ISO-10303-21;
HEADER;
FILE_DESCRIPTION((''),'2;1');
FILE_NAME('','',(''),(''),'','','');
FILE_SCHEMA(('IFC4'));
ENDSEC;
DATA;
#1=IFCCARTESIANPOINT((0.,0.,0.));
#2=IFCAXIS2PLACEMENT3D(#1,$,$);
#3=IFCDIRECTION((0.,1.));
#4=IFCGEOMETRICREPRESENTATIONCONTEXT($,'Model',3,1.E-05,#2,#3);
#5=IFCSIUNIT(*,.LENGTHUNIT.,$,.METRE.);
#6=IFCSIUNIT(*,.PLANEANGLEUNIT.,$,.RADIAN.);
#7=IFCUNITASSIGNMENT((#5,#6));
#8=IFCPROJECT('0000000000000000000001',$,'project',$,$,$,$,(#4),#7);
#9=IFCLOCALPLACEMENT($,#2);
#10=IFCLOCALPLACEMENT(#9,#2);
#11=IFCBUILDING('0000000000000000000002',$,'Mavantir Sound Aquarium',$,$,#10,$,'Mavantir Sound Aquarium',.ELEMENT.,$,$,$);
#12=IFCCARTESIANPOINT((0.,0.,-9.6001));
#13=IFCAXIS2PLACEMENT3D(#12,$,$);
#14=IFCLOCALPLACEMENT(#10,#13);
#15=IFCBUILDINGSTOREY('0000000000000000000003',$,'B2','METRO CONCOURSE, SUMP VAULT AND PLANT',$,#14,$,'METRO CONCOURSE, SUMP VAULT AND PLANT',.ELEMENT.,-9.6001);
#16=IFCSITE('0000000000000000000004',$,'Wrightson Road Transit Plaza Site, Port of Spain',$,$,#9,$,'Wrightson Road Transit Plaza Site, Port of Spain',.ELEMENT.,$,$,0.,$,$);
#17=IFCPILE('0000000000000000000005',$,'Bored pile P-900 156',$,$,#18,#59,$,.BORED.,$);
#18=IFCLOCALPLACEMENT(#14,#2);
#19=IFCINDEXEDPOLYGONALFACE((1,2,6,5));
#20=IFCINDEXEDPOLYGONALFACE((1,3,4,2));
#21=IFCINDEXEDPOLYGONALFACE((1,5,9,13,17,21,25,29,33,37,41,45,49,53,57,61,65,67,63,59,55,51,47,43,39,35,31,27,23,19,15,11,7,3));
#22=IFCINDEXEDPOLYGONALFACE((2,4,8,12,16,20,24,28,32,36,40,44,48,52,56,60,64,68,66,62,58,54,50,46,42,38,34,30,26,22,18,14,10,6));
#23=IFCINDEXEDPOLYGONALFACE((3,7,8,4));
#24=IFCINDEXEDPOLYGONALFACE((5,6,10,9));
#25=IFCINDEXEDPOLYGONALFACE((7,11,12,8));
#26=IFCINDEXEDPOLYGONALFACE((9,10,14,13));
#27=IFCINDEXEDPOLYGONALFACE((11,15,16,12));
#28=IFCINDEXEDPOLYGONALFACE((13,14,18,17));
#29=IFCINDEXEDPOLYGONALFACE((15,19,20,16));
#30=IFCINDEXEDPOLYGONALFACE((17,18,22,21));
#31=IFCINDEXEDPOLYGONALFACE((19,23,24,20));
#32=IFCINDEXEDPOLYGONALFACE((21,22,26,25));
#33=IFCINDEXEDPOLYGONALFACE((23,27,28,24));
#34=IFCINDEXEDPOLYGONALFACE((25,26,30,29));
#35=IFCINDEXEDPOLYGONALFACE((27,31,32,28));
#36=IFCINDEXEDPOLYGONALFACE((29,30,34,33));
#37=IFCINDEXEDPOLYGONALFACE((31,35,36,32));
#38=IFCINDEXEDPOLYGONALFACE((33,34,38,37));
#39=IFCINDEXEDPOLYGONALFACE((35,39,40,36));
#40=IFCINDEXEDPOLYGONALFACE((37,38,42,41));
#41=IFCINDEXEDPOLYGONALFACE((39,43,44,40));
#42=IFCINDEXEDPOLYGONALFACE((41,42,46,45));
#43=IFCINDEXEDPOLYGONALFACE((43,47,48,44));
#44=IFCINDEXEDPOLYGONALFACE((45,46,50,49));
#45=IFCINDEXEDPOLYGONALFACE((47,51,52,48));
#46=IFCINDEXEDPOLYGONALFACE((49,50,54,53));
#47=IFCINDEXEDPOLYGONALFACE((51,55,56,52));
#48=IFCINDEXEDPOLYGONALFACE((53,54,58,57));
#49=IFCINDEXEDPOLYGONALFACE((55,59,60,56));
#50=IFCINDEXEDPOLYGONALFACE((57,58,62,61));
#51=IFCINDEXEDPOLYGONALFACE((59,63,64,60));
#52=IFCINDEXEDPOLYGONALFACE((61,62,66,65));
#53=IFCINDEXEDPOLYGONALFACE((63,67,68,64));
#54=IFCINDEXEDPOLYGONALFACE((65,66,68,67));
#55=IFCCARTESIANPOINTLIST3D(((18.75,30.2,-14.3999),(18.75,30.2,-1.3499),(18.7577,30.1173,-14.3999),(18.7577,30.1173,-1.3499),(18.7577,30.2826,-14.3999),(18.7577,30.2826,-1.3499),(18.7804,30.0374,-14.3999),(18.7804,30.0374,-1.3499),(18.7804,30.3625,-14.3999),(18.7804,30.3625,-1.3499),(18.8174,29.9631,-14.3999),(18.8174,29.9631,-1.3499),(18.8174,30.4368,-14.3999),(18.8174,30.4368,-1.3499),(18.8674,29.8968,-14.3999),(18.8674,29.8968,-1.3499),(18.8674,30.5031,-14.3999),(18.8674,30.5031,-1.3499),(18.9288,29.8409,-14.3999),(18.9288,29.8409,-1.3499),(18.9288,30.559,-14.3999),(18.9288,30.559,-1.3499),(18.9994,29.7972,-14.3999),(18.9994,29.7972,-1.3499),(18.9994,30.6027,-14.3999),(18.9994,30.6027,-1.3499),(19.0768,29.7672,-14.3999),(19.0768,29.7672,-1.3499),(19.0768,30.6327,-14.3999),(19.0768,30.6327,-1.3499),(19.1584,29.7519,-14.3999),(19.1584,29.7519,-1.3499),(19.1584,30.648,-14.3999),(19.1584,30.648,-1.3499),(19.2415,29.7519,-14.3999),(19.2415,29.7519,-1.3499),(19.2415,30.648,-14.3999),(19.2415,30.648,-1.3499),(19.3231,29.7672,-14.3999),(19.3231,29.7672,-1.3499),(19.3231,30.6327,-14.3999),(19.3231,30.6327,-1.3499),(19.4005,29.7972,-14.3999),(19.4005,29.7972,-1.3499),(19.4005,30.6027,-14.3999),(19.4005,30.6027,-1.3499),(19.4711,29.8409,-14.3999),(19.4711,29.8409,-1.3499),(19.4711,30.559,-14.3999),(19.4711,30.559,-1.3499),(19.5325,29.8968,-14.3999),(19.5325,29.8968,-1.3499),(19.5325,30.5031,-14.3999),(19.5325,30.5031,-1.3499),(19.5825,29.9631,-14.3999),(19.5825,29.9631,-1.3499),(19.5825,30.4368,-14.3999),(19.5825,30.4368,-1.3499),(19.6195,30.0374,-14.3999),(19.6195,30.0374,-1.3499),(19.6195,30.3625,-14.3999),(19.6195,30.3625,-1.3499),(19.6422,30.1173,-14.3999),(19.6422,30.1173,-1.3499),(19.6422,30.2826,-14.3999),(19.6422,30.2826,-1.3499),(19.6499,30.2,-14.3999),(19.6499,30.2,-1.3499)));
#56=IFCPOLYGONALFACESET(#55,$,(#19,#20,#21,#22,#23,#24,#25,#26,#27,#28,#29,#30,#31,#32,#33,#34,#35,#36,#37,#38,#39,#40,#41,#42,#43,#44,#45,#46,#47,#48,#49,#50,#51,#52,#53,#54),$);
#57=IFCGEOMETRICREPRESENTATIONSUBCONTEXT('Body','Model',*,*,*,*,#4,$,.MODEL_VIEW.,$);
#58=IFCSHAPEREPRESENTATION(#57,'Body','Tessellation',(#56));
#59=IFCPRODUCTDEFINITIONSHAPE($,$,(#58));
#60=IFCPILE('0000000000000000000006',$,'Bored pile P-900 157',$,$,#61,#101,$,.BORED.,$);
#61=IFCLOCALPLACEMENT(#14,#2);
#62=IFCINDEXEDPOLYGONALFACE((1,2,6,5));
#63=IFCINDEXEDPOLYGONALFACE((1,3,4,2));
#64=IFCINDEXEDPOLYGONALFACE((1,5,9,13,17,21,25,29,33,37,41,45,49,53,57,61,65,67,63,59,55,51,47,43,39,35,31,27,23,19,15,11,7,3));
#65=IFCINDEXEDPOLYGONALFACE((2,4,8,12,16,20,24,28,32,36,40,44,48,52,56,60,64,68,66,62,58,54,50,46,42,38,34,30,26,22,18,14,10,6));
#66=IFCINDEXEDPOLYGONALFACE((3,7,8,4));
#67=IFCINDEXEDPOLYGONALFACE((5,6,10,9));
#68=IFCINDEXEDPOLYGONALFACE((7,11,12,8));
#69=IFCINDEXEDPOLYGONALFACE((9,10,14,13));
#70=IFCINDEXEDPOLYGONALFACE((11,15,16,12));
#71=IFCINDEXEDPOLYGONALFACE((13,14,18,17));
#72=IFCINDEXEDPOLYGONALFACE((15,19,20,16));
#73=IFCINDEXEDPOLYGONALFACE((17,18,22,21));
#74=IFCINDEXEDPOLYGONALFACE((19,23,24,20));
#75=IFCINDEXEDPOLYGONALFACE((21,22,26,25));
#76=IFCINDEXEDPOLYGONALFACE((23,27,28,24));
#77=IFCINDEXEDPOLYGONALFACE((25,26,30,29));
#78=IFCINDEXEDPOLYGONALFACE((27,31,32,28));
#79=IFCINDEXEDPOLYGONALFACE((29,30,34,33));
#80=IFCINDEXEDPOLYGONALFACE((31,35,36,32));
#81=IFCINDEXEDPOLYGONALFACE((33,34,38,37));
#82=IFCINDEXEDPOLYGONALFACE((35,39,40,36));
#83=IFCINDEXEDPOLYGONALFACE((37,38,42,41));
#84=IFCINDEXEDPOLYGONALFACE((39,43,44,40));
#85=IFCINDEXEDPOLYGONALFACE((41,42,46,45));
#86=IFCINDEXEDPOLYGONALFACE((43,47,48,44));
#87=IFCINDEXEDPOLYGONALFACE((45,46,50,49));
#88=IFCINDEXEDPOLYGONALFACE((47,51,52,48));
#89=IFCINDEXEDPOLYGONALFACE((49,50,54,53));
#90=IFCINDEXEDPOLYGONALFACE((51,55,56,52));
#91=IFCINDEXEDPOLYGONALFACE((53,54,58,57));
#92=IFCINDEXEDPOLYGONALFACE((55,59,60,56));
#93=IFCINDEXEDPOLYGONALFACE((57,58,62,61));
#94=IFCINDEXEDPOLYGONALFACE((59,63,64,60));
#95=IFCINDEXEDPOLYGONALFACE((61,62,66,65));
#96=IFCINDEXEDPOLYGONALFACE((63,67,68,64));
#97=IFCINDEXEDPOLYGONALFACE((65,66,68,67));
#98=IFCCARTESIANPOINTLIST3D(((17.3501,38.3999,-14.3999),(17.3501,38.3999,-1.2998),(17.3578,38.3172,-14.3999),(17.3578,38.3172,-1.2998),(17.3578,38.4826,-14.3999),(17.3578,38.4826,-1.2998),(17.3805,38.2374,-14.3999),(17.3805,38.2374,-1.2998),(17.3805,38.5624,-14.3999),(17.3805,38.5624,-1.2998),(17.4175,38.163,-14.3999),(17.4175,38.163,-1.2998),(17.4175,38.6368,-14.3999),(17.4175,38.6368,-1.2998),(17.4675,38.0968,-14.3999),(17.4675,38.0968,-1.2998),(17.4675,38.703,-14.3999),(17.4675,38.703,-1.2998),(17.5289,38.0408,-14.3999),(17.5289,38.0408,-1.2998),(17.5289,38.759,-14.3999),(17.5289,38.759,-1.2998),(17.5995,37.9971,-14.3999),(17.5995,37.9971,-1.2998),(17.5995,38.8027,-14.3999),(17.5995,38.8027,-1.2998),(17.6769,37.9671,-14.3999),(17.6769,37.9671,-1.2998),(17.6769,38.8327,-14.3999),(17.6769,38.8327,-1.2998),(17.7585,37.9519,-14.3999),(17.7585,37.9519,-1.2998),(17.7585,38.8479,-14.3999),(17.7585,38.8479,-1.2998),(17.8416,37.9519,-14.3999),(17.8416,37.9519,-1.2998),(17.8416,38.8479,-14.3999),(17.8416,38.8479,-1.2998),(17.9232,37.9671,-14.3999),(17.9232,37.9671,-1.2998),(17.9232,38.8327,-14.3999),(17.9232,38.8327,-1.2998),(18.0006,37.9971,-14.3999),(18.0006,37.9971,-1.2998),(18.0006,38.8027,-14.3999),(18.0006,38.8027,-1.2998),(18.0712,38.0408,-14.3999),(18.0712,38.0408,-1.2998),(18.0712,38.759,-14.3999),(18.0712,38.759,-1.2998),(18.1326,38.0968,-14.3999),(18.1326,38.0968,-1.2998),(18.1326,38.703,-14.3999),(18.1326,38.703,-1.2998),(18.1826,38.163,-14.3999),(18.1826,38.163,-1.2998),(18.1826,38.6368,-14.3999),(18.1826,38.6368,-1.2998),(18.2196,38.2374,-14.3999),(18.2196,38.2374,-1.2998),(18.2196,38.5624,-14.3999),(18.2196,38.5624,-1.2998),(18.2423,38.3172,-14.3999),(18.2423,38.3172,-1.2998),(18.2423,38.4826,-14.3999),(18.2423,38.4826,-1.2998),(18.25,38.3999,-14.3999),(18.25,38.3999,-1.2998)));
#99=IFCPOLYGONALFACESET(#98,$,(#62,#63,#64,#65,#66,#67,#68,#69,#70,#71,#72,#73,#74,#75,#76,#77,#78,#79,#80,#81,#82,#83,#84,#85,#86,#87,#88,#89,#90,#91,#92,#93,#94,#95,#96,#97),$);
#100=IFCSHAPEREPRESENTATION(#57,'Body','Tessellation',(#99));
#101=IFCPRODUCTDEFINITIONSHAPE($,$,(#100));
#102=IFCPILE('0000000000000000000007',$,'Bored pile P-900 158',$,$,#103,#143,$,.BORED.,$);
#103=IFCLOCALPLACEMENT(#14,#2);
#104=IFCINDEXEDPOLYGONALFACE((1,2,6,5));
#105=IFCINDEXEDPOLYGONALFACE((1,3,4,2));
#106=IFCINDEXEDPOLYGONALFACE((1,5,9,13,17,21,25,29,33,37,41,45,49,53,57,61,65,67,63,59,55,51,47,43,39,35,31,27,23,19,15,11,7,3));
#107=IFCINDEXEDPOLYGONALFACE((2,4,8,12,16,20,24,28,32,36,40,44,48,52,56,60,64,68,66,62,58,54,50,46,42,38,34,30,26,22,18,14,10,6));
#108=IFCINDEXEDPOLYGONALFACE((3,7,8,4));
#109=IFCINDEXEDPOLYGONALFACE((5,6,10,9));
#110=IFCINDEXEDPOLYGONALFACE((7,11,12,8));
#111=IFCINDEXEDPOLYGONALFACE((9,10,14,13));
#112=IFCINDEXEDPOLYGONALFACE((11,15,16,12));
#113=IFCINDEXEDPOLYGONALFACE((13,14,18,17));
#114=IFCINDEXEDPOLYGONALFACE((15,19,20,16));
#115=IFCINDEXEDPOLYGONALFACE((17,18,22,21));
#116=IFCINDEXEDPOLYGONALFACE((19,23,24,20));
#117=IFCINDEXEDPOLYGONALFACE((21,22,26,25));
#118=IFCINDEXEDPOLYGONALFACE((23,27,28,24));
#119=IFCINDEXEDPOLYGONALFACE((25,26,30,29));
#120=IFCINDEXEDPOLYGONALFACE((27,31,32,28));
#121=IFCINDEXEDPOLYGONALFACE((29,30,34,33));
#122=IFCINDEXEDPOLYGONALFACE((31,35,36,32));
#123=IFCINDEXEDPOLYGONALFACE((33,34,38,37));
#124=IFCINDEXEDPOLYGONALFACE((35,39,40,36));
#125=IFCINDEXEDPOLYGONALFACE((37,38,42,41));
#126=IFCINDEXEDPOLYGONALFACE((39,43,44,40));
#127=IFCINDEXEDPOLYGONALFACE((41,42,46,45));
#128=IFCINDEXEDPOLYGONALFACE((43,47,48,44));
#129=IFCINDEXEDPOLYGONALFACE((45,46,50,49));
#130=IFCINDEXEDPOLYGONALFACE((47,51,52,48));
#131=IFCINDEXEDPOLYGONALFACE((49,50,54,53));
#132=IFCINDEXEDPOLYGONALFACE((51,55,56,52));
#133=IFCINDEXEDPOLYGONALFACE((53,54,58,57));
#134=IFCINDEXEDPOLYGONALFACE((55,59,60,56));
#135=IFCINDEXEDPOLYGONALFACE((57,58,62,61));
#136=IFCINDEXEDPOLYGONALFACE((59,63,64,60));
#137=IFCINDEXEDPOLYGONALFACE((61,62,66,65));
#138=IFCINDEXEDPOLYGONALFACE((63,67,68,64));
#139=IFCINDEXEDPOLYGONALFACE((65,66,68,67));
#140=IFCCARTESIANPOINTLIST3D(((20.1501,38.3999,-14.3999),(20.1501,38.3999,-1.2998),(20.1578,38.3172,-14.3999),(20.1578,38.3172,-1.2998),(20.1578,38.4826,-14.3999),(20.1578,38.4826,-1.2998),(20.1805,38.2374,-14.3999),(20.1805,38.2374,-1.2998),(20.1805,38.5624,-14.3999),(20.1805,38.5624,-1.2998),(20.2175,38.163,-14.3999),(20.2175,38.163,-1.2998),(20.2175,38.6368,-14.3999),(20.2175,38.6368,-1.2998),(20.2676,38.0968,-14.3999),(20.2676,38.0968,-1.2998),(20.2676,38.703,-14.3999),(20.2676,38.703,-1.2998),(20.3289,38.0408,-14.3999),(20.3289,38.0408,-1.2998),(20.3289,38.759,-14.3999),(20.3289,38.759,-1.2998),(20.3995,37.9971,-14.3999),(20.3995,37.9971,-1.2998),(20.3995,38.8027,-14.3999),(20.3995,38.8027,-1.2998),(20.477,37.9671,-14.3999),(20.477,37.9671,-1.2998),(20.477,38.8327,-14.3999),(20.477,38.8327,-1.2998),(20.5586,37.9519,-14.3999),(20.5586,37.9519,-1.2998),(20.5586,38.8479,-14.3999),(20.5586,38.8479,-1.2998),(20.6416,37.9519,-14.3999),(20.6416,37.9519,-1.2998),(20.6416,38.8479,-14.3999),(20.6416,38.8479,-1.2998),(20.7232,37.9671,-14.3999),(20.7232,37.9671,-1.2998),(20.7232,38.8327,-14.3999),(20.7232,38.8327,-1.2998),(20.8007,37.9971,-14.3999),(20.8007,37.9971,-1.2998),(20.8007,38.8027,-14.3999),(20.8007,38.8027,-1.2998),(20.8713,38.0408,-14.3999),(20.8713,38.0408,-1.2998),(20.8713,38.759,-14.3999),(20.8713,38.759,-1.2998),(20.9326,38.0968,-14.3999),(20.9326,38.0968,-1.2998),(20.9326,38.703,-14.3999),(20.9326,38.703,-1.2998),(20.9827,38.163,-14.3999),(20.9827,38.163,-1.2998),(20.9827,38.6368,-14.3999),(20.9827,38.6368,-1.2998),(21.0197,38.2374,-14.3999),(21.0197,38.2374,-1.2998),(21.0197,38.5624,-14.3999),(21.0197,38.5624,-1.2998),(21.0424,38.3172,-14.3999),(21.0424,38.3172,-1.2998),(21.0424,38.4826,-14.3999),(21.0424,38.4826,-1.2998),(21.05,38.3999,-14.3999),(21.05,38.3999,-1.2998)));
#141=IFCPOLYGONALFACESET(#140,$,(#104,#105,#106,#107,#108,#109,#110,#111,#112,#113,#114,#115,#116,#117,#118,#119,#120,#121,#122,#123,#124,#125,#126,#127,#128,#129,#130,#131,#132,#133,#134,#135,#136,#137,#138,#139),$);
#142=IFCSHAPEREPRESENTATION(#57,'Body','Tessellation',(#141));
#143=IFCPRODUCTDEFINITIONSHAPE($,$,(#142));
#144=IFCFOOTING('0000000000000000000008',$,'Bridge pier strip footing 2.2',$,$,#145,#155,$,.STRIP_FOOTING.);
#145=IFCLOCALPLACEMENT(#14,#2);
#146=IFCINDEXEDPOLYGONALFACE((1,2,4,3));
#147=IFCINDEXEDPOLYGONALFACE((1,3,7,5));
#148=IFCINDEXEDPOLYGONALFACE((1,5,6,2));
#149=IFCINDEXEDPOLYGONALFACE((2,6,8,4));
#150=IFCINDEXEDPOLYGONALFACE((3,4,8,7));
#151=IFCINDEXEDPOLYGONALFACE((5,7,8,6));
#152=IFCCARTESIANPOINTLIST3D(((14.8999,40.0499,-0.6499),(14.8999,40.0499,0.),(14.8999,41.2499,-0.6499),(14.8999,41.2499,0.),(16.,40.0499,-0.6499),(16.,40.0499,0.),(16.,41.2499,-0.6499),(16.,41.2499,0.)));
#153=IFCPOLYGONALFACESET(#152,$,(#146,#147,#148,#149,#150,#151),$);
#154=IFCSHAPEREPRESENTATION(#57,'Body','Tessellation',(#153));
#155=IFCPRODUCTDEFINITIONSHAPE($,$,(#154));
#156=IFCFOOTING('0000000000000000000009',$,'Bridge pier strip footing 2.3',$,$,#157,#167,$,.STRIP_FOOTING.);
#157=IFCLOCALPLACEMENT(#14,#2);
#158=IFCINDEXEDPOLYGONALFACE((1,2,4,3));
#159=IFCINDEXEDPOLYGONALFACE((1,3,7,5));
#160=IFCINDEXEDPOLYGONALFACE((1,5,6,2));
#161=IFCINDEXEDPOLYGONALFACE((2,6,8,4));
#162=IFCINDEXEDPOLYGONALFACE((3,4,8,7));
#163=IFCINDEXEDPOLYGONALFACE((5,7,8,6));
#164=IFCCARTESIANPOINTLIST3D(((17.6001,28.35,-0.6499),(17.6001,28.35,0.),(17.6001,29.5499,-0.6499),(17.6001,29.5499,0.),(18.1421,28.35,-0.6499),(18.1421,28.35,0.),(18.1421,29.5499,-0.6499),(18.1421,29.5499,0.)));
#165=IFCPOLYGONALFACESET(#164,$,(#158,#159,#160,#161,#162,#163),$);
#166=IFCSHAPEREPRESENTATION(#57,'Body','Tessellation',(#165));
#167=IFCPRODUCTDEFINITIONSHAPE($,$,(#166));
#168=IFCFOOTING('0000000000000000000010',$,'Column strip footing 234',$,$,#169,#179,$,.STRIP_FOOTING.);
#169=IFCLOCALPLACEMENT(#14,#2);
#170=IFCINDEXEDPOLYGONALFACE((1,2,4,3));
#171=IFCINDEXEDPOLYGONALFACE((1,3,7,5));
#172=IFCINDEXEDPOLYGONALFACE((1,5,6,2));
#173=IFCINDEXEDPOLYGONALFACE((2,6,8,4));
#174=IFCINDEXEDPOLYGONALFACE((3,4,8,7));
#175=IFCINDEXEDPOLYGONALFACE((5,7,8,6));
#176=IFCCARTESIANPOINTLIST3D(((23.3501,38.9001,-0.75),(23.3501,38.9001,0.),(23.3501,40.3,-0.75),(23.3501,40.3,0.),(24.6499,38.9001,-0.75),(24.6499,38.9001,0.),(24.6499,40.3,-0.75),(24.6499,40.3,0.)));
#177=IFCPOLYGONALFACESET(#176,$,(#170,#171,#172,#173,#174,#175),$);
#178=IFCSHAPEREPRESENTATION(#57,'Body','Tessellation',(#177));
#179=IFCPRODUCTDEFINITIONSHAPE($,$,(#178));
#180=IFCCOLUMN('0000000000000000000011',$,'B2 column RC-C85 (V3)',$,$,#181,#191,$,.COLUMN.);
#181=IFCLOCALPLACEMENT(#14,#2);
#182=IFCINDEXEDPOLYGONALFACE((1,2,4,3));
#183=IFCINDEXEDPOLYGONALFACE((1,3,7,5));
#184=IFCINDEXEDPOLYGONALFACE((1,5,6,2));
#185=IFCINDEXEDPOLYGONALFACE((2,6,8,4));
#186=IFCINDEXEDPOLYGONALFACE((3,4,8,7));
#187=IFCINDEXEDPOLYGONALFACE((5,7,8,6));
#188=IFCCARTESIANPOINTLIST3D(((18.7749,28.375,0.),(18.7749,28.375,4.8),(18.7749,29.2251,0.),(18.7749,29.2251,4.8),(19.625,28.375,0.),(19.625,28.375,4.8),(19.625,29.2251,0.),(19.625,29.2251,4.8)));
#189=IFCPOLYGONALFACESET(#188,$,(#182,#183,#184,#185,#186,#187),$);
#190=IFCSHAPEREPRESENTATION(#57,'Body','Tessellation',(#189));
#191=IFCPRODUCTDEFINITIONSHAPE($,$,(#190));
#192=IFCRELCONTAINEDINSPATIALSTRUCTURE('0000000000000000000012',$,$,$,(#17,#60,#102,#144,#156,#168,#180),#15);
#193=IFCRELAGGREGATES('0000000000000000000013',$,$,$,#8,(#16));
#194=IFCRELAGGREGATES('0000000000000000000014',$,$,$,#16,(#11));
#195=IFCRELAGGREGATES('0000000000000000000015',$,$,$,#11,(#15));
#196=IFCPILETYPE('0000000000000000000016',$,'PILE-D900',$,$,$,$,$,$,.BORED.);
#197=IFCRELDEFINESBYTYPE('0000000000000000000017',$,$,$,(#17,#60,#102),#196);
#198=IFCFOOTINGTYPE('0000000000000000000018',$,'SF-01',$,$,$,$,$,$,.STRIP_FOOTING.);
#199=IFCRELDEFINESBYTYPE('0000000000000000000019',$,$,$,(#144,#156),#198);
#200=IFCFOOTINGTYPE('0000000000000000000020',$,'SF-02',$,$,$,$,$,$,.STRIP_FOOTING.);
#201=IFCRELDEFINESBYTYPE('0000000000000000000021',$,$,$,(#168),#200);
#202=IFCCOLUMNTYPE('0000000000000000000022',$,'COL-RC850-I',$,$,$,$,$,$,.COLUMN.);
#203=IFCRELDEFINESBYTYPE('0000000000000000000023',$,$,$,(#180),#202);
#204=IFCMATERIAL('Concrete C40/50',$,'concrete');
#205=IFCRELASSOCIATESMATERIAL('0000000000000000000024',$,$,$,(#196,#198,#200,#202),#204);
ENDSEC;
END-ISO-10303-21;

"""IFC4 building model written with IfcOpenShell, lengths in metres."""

from ifc_helpers import new_model, si_unit, direction, frame, origin, origin_2d, place, context, subcontext, project, spatial, rectangle, circle, extrude, material, material_profile, profile_set, type_object, element, save


model = new_model("IFC4")

# Units and contexts
model_context = context("Model", 3, precision=1e-05, world=origin(), true_north=direction((0.0, 1.0)))
body_context = subcontext(model_context, "Body", "Model", "MODEL_VIEW")
ifc_project = project(units=[si_unit("LENGTHUNIT", "METRE"), si_unit("PLANEANGLEUNIT", "RADIAN")], contexts=[model_context])

# Site, building, storey
site_placement = place(None, origin())
site = spatial("IfcSite", under=ifc_project, at=site_placement, Name="Wrightson Road Transit Plaza Site, Port of Spain", LongName="Wrightson Road Transit Plaza Site, Port of Spain", CompositionType="ELEMENT", RefElevation=0.0)
building_placement = place(site_placement, origin())
building = spatial("IfcBuilding", under=site, at=building_placement, Name="Mavantir Sound Aquarium", LongName="Mavantir Sound Aquarium", CompositionType="ELEMENT")
storey_placement = place(building_placement, frame((0.0, 0.0, -9.6001)))
storey = spatial("IfcBuildingStorey", under=building, at=storey_placement, Name="B2", Description="METRO CONCOURSE, SUMP VAULT AND PLANT", LongName="METRO CONCOURSE, SUMP VAULT AND PLANT", CompositionType="ELEMENT", Elevation=-9.6001)

# Shared definitions
ifc_material_1 = material(Name="Concrete C40/50", Category="concrete")

# Piles
ifc_material_profile_1 = material_profile(ifc_material_1, circle(Radius=0.45, at=origin_2d()), Name="PILE D900")
ifc_profile_set_1 = profile_set([ifc_material_profile_1], Name="Concrete C40/50")
pile_type = type_object("IfcPileType", Name="PILE-D900", PredefinedType="BORED", material=ifc_profile_set_1)
for number, where, z_axis, x_axis, name in (
    (1, (19.2, 30.2, -1.3499), (0.0, 0.0, -1.0), (1.0, 0.0, 0.0), "Bored pile P-900 156"),
):
    element("IfcPile", number, at=place(storey_placement, frame(where, z_axis=z_axis, x_axis=x_axis)), inside=storey, type_object=pile_type, Name=name, PredefinedType="BORED", context=body_context, shape_type="SweptSolid", body=[
        extrude(circle(Radius=0.45, at=origin_2d()), origin(), (0.0, 0.0, 1.0), 13.05),
    ])
for number, where, z_axis, x_axis, name in (
    (2, (17.8, 38.3999, -1.2998), (0.0, 0.0, -1.0), (1.0, 0.0, 0.0), "Bored pile P-900 157"),
    (3, (20.6001, 38.3999, -1.2998), (0.0, 0.0, -1.0), (1.0, 0.0, 0.0), "Bored pile P-900 158"),
):
    element("IfcPile", number, at=place(storey_placement, frame(where, z_axis=z_axis, x_axis=x_axis)), inside=storey, type_object=pile_type, Name=name, PredefinedType="BORED", context=body_context, shape_type="SweptSolid", body=[
        extrude(circle(Radius=0.45, at=origin_2d()), origin(), (0.0, 0.0, 1.0), 13.1001),
    ])

# Footings
ifc_material_profile_2 = material_profile(ifc_material_1, rectangle(XDim=1.2, YDim=0.6499, at=origin_2d()), Name="RC 1200X650")
ifc_profile_set_2 = profile_set([ifc_material_profile_2], Name="Concrete C40/50")
footing_type_1 = type_object("IfcFootingType", Name="SF-01", PredefinedType="STRIP_FOOTING", material=ifc_profile_set_2)
footing_1_placement = place(storey_placement, frame((14.8999, 40.6499, -0.325), z_axis=(1.0, 0.0, 0.0), x_axis=(0.0, 1.0, 0.0)))
element("IfcFooting", 4, at=footing_1_placement, inside=storey, type_object=footing_type_1, Name="Bridge pier strip footing 2.2", PredefinedType="STRIP_FOOTING", context=body_context, shape_type="SweptSolid", body=[
    extrude(rectangle(XDim=1.2, YDim=0.6499, at=origin_2d()), origin(), (0.0, 0.0, 1.0), 1.1001),
])
footing_2_placement = place(storey_placement, frame((17.6001, 28.95, -0.325), z_axis=(1.0, 0.0, 0.0), x_axis=(0.0, 1.0, 0.0)))
element("IfcFooting", 5, at=footing_2_placement, inside=storey, type_object=footing_type_1, Name="Bridge pier strip footing 2.3", PredefinedType="STRIP_FOOTING", context=body_context, shape_type="SweptSolid", body=[
    extrude(rectangle(XDim=1.2, YDim=0.6499, at=origin_2d()), origin(), (0.0, 0.0, 1.0), 0.542),
])
ifc_material_profile_3 = material_profile(ifc_material_1, rectangle(XDim=1.3999, YDim=0.75, at=origin_2d()), Name="RC 1400X750")
ifc_profile_set_3 = profile_set([ifc_material_profile_3], Name="Concrete C40/50")
footing_type_2 = type_object("IfcFootingType", Name="SF-02", PredefinedType="STRIP_FOOTING", material=ifc_profile_set_3)
footing_3_placement = place(storey_placement, frame((23.3501, 39.6001, -0.375), z_axis=(1.0, 0.0, 0.0), x_axis=(0.0, 1.0, 0.0)))
element("IfcFooting", 6, at=footing_3_placement, inside=storey, type_object=footing_type_2, Name="Column strip footing 234", PredefinedType="STRIP_FOOTING", context=body_context, shape_type="SweptSolid", body=[
    extrude(rectangle(XDim=1.3999, YDim=0.75, at=origin_2d()), origin(), (0.0, 0.0, 1.0), 1.2998),
])

# Column
ifc_material_profile_4 = material_profile(ifc_material_1, rectangle(XDim=0.8501, YDim=0.8501, at=origin_2d()), Name="RC 850X850")
ifc_profile_set_4 = profile_set([ifc_material_profile_4], Name="Concrete C40/50")
column_type_1 = type_object("IfcColumnType", Name="COL-RC850-I", PredefinedType="COLUMN", material=ifc_profile_set_4)
for number, where, z_axis, x_axis, name in (
    (7, (19.2, 28.8, 0.0), (0.0, 0.0, 1.0), (1.0, 0.0, 0.0), "B2 column RC-C85 (V3)"),
):
    element("IfcColumn", number, at=place(storey_placement, frame(where, z_axis=z_axis, x_axis=x_axis)), inside=storey, type_object=column_type_1, Name=name, PredefinedType="COLUMN", context=body_context, shape_type="SweptSolid", body=[
        extrude(rectangle(XDim=0.8501, YDim=0.8501, at=origin_2d()), origin(), (0.0, 0.0, 1.0), 4.8),
    ])

save(model, "model.ifc")
